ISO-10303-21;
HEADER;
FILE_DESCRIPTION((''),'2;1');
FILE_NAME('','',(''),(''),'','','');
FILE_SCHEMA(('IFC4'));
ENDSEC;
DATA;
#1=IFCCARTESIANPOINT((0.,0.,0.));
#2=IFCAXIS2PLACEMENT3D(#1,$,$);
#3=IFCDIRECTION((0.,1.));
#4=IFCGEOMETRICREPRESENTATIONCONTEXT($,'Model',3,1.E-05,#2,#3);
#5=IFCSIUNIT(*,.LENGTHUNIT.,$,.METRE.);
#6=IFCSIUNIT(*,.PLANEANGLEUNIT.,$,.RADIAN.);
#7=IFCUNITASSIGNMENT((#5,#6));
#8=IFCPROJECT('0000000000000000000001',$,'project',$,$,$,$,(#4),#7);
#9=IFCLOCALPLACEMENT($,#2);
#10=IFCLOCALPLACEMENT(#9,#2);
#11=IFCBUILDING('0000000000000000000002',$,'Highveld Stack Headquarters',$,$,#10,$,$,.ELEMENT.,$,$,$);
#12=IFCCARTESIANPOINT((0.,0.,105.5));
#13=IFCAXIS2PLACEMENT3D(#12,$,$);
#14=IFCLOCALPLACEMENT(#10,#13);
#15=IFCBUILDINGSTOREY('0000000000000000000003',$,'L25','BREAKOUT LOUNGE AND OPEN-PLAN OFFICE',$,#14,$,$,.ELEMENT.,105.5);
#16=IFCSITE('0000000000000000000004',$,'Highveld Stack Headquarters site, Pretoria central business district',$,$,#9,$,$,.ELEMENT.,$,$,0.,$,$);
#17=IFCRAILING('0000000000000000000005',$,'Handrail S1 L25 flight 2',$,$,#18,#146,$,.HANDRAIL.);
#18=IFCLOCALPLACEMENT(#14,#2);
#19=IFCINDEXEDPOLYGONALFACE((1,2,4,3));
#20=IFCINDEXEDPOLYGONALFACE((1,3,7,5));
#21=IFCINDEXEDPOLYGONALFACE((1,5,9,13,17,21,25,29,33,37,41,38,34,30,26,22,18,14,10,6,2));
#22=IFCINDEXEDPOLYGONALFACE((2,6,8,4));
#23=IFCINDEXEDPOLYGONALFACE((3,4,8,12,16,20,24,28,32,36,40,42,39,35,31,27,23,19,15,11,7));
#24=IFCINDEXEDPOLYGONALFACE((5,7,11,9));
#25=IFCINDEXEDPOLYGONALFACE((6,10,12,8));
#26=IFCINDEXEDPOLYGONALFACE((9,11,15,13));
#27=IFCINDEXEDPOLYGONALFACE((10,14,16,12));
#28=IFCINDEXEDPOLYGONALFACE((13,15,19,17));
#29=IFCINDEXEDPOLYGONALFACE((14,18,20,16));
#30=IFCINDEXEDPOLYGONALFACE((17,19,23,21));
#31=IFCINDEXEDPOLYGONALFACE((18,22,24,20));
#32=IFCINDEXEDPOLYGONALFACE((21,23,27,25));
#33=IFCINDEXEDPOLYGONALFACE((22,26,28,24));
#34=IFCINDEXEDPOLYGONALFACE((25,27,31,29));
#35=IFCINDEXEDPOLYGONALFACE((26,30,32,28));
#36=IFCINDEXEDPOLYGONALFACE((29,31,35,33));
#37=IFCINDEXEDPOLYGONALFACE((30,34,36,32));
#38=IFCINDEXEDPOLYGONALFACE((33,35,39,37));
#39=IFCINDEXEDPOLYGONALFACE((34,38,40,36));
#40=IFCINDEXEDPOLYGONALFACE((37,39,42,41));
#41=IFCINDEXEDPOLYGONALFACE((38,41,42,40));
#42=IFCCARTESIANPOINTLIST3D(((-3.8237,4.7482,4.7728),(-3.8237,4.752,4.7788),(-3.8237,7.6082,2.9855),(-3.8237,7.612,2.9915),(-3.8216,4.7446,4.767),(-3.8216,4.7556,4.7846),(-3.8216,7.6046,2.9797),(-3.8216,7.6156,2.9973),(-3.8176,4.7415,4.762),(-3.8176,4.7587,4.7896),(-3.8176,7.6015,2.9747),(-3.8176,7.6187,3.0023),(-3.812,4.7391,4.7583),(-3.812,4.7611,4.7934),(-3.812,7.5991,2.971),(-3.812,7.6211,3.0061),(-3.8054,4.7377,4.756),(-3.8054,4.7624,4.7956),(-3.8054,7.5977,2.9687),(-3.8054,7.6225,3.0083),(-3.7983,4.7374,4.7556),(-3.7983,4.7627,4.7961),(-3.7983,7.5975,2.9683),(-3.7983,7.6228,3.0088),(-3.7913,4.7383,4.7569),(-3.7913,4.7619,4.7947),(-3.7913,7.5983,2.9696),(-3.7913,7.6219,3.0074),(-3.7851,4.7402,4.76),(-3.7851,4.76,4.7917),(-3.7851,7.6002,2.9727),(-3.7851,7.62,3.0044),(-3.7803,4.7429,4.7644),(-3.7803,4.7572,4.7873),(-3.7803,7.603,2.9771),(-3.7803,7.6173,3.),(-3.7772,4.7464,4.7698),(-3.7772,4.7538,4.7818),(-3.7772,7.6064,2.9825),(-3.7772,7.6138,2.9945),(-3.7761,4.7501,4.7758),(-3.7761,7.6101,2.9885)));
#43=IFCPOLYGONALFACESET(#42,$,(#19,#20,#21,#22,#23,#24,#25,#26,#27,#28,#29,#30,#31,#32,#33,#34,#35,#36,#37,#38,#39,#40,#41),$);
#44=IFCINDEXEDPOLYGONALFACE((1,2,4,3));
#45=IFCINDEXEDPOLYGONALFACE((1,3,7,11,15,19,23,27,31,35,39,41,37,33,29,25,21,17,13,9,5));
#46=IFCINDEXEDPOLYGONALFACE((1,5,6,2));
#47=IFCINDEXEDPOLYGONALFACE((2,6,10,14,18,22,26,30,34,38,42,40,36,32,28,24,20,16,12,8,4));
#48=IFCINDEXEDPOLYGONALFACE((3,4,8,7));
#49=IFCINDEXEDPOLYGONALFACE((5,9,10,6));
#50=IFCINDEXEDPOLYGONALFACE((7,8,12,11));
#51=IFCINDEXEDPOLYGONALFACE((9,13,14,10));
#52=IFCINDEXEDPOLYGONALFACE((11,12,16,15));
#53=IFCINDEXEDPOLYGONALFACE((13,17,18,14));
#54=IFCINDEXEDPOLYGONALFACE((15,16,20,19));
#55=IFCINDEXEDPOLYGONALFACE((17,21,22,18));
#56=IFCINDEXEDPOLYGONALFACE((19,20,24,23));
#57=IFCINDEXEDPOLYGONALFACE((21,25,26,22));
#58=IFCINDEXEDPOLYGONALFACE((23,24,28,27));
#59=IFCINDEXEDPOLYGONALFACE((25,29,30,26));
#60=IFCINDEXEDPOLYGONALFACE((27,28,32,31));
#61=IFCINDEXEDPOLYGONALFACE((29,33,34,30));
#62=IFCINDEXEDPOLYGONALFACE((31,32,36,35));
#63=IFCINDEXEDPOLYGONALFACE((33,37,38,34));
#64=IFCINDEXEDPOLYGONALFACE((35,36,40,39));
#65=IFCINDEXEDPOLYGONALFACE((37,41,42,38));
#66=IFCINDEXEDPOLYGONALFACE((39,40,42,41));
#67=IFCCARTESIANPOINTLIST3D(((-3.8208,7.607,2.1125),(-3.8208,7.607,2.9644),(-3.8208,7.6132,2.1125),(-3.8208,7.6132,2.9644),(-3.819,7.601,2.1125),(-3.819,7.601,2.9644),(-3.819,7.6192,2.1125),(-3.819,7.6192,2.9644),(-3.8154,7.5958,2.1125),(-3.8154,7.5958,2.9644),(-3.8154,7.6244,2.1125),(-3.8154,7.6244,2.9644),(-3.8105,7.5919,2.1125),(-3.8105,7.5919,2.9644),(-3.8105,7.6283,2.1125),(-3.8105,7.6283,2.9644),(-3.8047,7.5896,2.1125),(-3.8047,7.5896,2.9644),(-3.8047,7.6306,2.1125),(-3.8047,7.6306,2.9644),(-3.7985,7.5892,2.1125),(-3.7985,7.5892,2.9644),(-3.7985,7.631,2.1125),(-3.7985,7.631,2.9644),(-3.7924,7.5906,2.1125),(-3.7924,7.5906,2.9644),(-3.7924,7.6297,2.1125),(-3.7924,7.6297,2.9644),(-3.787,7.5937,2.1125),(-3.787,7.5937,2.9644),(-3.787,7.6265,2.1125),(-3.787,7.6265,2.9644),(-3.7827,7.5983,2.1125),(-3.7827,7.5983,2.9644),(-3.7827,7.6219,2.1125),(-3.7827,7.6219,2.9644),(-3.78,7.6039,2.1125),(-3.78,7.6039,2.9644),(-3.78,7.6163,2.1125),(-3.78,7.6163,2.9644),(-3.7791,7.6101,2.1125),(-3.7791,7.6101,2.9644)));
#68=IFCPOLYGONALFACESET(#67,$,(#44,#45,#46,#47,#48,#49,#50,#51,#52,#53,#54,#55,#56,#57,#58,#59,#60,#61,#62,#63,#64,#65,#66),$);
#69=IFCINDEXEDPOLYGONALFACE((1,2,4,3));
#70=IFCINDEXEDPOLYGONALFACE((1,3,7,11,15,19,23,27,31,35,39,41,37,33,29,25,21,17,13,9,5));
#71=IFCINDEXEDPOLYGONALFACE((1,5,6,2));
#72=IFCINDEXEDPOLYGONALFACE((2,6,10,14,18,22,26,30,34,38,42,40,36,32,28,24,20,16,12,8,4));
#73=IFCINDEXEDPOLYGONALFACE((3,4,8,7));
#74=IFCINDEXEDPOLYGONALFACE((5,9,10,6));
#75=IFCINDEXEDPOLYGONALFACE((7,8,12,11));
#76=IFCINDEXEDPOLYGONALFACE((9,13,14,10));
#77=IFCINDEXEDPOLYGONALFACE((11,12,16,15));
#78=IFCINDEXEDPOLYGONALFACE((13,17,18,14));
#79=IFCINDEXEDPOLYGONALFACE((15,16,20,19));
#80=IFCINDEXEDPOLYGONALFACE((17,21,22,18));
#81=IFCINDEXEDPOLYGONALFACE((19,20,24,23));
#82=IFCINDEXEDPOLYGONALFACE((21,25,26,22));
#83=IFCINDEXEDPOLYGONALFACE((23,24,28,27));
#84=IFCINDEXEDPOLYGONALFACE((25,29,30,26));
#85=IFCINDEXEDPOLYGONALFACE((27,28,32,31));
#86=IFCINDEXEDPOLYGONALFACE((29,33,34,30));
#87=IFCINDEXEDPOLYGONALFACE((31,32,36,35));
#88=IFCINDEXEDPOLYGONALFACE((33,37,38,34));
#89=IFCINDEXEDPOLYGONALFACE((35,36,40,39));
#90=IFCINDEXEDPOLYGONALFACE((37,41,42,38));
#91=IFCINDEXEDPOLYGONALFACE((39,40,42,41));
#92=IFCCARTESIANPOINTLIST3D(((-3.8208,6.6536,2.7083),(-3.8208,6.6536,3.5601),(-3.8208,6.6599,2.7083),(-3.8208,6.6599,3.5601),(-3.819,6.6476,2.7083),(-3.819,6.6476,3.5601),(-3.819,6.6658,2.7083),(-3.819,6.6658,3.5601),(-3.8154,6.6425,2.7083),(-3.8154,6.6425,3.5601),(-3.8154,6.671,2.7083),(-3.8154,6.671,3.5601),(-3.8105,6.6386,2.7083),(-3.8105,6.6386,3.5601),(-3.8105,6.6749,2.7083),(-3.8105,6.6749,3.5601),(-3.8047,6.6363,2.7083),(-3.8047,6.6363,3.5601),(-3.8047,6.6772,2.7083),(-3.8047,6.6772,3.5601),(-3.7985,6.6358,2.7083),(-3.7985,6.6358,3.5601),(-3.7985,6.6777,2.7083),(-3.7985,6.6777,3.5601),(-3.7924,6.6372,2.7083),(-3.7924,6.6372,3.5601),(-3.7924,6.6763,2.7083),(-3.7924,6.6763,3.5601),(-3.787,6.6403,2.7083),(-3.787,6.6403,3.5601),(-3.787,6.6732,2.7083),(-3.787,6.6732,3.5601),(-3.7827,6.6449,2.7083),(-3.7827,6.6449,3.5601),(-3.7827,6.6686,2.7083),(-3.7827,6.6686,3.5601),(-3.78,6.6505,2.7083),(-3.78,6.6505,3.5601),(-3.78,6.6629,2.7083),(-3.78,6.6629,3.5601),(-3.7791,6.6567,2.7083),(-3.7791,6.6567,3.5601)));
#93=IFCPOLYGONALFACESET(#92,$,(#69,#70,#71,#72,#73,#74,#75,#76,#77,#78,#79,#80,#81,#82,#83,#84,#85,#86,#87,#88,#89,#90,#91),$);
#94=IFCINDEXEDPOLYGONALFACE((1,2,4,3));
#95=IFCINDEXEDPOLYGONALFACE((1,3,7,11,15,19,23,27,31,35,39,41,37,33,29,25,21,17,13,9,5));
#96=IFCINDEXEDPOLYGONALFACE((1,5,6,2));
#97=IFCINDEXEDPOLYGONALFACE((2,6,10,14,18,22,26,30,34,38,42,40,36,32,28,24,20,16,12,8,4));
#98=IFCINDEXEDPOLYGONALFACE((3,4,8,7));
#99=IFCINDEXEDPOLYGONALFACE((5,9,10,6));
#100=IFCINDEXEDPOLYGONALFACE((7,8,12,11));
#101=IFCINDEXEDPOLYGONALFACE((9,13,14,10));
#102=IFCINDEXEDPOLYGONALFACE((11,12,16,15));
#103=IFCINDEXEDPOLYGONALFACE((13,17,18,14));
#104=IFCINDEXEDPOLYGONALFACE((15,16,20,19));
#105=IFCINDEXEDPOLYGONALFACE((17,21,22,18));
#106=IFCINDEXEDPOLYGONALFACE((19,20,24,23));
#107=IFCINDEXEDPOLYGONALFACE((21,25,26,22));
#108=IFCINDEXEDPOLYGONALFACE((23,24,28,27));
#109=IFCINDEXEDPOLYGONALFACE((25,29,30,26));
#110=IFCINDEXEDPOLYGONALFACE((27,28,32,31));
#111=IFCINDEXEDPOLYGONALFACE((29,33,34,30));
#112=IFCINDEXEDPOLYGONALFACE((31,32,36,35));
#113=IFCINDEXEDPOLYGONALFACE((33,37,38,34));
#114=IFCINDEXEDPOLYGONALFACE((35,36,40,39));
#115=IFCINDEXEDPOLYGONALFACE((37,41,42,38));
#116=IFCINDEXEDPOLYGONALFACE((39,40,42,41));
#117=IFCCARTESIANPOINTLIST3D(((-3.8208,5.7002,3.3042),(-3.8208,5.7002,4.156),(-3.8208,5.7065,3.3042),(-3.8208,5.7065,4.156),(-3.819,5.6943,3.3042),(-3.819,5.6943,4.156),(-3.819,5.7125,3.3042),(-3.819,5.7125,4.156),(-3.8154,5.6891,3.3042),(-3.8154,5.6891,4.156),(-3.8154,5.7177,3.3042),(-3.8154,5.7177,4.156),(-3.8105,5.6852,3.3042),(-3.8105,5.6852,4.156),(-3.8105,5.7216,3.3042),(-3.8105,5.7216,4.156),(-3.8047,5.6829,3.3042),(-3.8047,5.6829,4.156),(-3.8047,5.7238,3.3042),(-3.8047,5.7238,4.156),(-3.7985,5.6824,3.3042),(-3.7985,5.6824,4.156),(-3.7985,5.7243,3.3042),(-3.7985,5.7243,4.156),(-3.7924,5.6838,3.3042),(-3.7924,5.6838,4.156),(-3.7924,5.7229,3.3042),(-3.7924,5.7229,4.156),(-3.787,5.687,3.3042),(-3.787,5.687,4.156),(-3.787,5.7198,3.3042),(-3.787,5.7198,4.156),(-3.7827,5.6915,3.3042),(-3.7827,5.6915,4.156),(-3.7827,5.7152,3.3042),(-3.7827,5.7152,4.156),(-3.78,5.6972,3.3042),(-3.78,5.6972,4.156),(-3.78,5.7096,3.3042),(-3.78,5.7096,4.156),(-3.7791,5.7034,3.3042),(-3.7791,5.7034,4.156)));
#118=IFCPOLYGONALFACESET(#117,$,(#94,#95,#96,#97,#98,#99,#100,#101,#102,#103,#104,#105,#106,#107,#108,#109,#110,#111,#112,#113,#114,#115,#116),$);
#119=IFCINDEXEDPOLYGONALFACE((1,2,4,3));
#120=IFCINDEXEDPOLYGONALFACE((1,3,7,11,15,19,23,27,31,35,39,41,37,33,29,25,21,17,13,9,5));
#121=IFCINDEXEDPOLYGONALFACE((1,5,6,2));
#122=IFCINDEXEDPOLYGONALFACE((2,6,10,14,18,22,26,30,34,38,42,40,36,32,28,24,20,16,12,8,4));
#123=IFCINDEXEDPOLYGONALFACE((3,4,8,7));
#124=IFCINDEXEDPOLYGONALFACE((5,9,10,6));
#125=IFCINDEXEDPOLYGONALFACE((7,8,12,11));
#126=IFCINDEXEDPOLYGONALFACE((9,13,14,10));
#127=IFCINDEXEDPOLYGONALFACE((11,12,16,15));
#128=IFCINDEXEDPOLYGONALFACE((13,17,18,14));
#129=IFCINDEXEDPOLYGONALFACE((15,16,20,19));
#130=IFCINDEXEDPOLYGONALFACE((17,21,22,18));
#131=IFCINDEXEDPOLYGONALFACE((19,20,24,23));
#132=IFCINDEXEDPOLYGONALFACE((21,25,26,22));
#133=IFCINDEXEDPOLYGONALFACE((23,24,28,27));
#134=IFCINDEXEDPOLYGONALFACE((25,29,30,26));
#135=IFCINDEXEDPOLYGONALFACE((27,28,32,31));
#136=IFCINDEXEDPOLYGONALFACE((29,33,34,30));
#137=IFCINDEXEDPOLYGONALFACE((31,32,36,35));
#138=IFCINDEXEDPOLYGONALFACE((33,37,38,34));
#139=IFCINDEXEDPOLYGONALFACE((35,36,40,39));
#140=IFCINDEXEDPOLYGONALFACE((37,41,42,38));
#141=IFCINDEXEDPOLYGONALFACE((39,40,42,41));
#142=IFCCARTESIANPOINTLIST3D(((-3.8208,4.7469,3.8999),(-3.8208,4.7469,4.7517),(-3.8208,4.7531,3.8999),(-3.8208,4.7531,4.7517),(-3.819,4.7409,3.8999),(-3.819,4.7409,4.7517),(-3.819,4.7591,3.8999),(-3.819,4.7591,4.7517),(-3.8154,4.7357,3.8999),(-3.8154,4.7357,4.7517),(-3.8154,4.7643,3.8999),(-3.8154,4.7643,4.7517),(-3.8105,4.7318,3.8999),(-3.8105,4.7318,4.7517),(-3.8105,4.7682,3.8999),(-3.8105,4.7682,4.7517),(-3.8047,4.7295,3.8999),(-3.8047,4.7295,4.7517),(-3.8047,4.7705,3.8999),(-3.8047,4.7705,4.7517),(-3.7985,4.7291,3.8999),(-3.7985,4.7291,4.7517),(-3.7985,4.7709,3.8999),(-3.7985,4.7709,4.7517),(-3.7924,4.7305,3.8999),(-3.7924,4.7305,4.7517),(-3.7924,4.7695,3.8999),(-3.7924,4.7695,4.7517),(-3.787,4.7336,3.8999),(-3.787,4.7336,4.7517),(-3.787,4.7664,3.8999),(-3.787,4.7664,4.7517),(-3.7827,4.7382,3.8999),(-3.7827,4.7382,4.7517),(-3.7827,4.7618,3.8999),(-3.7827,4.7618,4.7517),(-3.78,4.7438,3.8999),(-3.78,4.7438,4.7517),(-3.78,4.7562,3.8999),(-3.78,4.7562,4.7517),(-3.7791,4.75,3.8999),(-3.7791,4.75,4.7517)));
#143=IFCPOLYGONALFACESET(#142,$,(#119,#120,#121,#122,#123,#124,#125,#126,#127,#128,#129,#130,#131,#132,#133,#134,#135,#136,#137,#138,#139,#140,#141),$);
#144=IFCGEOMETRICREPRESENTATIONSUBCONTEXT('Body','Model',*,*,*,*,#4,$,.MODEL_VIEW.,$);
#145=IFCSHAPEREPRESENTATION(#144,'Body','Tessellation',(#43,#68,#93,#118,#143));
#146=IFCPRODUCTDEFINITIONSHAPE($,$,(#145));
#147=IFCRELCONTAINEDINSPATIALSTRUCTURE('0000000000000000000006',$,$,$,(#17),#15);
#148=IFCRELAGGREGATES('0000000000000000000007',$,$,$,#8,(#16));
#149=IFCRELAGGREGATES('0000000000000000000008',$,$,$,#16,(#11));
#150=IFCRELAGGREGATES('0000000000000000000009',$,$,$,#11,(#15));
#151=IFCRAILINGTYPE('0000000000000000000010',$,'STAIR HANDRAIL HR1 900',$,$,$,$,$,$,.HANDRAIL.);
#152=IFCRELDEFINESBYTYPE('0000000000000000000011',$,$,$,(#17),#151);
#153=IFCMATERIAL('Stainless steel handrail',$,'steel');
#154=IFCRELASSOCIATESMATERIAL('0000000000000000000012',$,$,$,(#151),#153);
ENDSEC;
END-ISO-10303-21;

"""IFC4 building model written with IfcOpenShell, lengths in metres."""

from ifc_helpers import new_model, si_unit, direction, frame, origin, origin_2d, place, context, subcontext, project, spatial, circle, extrude, material, type_object, element, save


model = new_model("IFC4")

# Units and contexts
model_context = context("Model", 3, precision=1e-05, world=origin(), true_north=direction((0.0, 1.0)))
body_context = subcontext(model_context, "Body", "Model", "MODEL_VIEW")
ifc_project = project(units=[si_unit("LENGTHUNIT", "METRE"), si_unit("PLANEANGLEUNIT", "RADIAN")], contexts=[model_context])

# Site, building, storey
site_placement = place(None, origin())
site = spatial("IfcSite", under=ifc_project, at=site_placement, Name="Highveld Stack Headquarters site, Pretoria central business district", CompositionType="ELEMENT", RefElevation=0.0)
building_placement = place(site_placement, origin())
building = spatial("IfcBuilding", under=site, at=building_placement, Name="Highveld Stack Headquarters", CompositionType="ELEMENT")
storey_placement = place(building_placement, frame((0.0, 0.0, 105.5)))
storey = spatial("IfcBuildingStorey", under=building, at=storey_placement, Name="L25", Description="BREAKOUT LOUNGE AND OPEN-PLAN OFFICE", CompositionType="ELEMENT", Elevation=105.5)

# Railing
ifc_material_1 = material(Name="Stainless steel handrail", Category="steel")
railing_type = type_object("IfcRailingType", Name="STAIR HANDRAIL HR1 900", PredefinedType="HANDRAIL", material=ifc_material_1)
for number, where, name in (
    (1, (-3.8, 7.6101, 2.1125), "Handrail S1 L25 flight 2"),
):
    element("IfcRailing", number, at=place(storey_placement, frame(where)), inside=storey, type_object=railing_type, Name=name, PredefinedType="HANDRAIL", context=body_context, shape_type="SweptSolid", body=[
        extrude(circle(Radius=0.0239, at=origin_2d()), frame((0.0, 0.0, 0.876), z_axis=(0.0, -0.848027, 0.529953), x_axis=(1.0, 0.0, 0.0)), (0.0, 0.0, 1.0), 3.3726),
        extrude(circle(Radius=0.021, at=origin_2d()), origin(), (0.0, 0.0, 1.0), 0.8518),
        extrude(circle(Radius=0.021, at=origin_2d()), frame((0.0, -0.9534, 0.5957)), (0.0, 0.0, 1.0), 0.8518),
        extrude(circle(Radius=0.021, at=origin_2d()), frame((0.0, -1.9067, 1.1917)), (0.0, 0.0, 1.0), 0.8518),
        extrude(circle(Radius=0.021, at=origin_2d()), frame((0.0, -2.8601, 1.7874)), (0.0, 0.0, 1.0), 0.8518),
    ])

save(model, "model.ifc")
